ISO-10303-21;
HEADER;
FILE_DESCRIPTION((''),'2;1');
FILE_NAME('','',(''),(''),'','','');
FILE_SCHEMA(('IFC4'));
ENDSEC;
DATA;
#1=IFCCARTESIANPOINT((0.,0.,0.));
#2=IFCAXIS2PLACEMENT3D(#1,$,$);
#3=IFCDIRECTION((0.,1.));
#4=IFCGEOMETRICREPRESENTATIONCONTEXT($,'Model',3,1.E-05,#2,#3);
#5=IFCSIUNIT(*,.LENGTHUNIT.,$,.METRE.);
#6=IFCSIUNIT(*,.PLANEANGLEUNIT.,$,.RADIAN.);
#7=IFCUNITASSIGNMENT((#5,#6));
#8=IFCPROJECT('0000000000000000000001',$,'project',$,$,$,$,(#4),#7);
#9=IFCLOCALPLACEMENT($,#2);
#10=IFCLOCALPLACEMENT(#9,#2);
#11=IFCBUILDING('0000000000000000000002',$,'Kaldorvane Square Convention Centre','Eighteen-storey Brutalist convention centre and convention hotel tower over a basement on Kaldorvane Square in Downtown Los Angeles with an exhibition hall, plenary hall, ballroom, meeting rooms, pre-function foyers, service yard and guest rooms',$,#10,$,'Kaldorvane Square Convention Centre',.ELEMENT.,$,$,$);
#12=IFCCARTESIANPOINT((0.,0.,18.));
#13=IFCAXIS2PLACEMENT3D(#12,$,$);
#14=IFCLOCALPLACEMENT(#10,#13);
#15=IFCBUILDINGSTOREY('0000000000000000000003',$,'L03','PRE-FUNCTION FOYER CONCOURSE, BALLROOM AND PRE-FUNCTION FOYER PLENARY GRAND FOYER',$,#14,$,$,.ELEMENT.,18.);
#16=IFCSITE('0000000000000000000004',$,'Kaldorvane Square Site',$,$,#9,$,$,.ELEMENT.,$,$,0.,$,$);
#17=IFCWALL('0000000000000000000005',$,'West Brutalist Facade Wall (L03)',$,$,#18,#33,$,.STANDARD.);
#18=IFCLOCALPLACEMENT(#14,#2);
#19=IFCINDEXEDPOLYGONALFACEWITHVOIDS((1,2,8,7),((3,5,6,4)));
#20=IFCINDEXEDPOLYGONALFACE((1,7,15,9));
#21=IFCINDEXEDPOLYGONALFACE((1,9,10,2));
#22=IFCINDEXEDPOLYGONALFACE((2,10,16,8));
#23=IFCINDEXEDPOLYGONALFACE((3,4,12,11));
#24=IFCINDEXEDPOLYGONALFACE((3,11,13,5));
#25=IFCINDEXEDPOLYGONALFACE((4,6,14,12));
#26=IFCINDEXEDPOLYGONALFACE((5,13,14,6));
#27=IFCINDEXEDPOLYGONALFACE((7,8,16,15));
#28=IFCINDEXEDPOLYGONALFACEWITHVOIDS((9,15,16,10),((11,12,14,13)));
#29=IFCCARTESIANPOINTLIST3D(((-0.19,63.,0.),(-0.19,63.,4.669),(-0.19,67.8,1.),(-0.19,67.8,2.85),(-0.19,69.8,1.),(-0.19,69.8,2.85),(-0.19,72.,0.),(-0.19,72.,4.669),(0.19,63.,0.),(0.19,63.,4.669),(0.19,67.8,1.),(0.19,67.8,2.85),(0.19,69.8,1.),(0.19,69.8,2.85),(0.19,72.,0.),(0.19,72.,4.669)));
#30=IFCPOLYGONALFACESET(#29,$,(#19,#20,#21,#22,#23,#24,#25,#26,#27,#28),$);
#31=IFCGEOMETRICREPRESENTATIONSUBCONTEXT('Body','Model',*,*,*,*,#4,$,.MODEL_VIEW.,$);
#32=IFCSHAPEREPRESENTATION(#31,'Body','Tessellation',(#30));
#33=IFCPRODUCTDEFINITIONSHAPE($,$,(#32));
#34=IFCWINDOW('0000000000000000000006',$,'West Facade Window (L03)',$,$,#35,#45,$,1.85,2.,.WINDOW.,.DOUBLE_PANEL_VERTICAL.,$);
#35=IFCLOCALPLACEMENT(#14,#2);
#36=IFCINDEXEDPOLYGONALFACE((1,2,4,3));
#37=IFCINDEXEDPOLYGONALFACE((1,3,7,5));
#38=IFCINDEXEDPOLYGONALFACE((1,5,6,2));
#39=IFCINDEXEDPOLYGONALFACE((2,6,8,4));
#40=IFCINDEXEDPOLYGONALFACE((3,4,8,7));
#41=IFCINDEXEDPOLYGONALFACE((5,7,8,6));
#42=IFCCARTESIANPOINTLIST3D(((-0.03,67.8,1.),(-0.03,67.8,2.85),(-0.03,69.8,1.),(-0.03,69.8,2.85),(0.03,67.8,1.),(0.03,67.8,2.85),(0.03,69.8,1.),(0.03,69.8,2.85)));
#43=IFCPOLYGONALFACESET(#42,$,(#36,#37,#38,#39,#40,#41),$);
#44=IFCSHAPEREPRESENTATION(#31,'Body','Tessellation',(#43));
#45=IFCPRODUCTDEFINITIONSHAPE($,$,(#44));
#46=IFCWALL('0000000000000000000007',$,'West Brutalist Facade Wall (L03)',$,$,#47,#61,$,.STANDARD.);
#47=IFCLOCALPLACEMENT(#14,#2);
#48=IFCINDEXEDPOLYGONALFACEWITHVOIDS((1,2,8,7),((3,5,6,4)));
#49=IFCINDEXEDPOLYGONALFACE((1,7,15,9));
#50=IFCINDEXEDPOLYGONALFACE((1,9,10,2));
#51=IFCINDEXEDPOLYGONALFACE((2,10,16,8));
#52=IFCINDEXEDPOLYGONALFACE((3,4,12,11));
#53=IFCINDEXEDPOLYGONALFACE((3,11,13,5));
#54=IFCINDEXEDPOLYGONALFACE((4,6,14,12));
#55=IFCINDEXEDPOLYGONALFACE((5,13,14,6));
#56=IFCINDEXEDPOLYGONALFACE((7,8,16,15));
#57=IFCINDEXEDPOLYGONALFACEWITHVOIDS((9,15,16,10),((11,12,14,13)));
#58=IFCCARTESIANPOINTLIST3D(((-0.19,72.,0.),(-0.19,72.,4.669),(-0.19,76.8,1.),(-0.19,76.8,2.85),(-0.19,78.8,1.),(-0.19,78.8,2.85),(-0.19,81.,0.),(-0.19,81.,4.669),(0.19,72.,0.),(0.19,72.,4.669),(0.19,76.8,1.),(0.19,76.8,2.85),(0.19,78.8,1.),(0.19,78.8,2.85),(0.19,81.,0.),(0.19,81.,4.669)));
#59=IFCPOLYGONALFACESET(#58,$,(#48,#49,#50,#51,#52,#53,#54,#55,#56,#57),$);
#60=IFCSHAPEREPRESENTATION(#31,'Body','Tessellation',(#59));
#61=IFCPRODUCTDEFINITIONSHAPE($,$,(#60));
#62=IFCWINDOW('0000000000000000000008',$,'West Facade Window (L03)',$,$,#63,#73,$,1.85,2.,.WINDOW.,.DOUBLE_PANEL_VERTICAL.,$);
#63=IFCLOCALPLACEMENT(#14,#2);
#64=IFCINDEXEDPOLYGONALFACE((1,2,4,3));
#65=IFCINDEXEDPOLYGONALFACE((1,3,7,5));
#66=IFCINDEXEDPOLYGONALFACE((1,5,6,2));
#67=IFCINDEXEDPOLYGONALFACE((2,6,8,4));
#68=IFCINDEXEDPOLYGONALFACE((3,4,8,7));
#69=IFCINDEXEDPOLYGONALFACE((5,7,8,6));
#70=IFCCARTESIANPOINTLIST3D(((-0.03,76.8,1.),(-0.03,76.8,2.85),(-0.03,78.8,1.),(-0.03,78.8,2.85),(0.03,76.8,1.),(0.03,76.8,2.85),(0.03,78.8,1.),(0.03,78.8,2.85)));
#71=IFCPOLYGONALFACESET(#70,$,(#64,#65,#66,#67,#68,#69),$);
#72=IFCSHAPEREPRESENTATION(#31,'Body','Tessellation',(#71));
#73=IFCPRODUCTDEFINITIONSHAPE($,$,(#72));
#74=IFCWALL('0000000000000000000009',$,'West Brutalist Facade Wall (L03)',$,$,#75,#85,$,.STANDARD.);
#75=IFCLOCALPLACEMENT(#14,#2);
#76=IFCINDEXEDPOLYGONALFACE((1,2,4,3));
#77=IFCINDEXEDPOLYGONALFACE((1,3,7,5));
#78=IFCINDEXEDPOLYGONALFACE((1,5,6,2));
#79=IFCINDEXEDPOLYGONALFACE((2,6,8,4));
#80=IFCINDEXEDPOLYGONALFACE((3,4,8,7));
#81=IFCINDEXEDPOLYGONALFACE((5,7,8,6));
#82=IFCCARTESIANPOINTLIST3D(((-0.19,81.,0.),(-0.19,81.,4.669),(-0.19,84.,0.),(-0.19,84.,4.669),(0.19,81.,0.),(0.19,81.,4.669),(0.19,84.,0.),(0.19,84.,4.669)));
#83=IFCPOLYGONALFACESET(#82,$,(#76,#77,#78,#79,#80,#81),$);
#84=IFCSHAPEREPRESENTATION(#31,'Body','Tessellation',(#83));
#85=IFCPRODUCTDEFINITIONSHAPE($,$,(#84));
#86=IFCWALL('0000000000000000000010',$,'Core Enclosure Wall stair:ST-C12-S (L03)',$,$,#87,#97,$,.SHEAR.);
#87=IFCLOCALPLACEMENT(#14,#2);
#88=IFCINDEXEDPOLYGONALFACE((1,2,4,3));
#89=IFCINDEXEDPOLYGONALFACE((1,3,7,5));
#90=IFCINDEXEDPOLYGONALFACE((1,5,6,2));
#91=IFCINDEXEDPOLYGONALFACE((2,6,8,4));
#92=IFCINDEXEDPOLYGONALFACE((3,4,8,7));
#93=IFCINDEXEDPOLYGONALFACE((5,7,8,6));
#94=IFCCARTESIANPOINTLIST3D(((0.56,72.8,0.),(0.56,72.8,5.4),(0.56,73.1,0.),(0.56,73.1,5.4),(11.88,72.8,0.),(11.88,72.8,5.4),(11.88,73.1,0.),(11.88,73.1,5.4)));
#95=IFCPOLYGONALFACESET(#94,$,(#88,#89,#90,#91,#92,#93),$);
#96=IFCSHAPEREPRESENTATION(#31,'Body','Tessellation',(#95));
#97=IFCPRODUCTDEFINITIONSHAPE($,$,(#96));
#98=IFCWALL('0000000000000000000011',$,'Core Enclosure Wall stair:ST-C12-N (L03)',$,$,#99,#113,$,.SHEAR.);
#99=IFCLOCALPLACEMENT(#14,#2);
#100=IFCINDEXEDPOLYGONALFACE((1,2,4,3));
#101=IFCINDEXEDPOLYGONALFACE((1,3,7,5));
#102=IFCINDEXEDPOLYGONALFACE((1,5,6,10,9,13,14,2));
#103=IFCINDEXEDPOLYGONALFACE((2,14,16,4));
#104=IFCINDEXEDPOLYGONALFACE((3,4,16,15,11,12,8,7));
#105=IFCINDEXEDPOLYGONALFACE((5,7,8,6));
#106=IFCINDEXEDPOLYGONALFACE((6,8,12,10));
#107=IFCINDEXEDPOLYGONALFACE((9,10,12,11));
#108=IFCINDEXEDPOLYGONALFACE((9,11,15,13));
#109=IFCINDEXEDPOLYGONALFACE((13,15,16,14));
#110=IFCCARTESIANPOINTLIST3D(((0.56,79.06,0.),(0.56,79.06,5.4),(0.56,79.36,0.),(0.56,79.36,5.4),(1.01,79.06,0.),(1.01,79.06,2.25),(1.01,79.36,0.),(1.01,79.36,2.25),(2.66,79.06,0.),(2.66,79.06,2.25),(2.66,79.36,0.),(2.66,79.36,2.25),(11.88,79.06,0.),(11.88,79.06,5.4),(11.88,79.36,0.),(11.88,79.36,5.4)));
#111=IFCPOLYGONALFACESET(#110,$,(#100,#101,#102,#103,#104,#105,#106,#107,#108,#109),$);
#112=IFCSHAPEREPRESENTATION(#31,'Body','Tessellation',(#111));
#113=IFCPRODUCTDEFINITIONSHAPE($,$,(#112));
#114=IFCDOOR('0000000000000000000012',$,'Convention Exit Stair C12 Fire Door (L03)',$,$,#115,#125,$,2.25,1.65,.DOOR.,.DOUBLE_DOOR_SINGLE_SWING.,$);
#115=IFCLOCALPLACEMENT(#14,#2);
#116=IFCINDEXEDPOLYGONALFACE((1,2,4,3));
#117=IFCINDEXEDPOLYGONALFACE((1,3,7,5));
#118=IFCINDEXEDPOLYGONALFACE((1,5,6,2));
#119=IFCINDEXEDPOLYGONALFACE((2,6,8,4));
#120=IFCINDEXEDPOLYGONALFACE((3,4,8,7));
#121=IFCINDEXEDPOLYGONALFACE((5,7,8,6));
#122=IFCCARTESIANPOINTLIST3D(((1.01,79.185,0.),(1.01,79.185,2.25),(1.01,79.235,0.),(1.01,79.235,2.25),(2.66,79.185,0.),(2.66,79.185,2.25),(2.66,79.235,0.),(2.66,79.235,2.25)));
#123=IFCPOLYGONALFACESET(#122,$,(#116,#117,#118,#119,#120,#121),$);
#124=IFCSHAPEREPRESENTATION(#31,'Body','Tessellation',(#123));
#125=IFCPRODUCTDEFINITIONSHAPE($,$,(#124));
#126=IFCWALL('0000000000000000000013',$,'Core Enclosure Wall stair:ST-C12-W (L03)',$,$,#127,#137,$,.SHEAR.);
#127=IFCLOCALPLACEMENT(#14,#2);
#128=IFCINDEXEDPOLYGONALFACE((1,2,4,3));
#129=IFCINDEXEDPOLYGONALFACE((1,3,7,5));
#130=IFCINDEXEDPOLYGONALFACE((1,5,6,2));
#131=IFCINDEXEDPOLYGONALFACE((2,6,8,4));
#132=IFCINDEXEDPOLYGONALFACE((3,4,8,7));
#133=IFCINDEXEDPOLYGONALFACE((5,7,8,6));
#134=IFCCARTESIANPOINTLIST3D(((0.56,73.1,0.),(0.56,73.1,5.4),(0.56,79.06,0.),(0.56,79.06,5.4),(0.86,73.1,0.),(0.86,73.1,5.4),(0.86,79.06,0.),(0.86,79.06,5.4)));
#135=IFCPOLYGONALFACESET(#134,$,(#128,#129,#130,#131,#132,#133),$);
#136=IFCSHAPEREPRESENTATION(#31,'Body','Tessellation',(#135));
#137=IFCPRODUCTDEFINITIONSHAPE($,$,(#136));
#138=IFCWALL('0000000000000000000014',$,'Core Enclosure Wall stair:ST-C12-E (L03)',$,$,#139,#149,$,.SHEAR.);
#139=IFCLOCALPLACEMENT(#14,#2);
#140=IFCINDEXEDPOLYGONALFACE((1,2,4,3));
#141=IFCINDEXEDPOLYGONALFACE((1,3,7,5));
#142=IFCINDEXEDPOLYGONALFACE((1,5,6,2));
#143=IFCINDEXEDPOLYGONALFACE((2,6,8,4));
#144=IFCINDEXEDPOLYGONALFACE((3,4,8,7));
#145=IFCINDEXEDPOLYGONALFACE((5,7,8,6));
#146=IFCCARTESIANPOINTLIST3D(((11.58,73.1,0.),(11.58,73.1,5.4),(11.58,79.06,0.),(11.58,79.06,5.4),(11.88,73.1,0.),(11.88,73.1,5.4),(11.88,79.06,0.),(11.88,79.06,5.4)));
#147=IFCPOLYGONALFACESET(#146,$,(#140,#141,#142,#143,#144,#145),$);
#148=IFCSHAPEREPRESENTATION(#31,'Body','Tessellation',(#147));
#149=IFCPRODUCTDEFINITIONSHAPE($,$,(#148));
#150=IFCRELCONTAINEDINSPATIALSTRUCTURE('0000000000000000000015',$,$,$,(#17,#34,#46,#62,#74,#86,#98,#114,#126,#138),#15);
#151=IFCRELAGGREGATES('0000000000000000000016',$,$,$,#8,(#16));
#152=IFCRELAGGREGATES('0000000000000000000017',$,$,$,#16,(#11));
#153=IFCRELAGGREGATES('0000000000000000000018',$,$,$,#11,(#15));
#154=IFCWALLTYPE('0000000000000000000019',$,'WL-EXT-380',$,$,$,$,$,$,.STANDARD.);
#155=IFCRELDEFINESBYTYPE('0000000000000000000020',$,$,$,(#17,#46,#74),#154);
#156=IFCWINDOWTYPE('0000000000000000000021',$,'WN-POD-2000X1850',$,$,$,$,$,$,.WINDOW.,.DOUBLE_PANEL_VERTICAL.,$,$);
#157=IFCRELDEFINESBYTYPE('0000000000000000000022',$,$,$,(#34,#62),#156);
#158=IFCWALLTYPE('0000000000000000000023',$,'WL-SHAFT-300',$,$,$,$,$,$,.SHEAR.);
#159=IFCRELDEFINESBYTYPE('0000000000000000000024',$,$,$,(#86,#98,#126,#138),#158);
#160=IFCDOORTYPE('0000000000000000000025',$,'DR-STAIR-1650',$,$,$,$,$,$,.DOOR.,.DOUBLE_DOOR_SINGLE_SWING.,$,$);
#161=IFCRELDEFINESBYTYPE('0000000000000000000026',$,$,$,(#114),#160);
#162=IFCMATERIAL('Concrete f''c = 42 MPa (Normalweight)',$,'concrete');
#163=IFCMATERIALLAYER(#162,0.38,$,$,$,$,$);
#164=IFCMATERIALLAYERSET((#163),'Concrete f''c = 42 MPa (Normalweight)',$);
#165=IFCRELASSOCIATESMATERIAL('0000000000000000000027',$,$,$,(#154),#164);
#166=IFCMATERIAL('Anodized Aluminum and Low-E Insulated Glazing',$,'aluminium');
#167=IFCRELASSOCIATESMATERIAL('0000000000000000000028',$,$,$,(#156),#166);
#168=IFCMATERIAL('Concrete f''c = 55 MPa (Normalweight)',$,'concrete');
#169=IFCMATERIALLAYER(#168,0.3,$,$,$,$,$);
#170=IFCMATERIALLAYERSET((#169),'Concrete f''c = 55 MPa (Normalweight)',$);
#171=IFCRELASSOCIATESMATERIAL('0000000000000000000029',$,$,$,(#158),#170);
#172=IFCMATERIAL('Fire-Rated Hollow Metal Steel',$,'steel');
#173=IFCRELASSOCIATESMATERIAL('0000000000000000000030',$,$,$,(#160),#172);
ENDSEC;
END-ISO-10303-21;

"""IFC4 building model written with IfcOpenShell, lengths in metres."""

from ifc_helpers import new_model, si_unit, direction, frame, frame_2d, origin, place, context, subcontext, project, spatial, rectangle, extrude, material, layer, layer_set, type_object, element, fill, save


model = new_model("IFC4")

# Units and contexts
model_context = context("Model", 3, precision=1e-05, world=origin(), true_north=direction((0.0, 1.0)))
body_context = subcontext(model_context, "Body", "Model", "MODEL_VIEW")
ifc_project = project(units=[si_unit("LENGTHUNIT", "METRE"), si_unit("PLANEANGLEUNIT", "RADIAN")], contexts=[model_context])

# Site, building, storey
site_placement = place(None, origin())
site = spatial("IfcSite", under=ifc_project, at=site_placement, Name="Kaldorvane Square Site", CompositionType="ELEMENT", RefElevation=0.0)
building_placement = place(site_placement, origin())
building = spatial("IfcBuilding", under=site, at=building_placement, Name="Kaldorvane Square Convention Centre", Description="Eighteen-storey Brutalist convention centre and convention hotel tower over a basement on Kaldorvane Square in Downtown Los Angeles with an exhibition hall, plenary hall, ballroom, meeting rooms, pre-function foyers, service yard and guest rooms", LongName="Kaldorvane Square Convention Centre", CompositionType="ELEMENT")
storey_placement = place(building_placement, frame((0.0, 0.0, 18.0)))
storey = spatial("IfcBuildingStorey", under=building, at=storey_placement, Name="L03", Description="PRE-FUNCTION FOYER CONCOURSE, BALLROOM AND PRE-FUNCTION FOYER PLENARY GRAND FOYER", CompositionType="ELEMENT", Elevation=18.0)

# Walls, openings, windows
ifc_material_1 = material(Name="Concrete f'c = 42 MPa (Normalweight)", Category="concrete")
ifc_layer_1 = layer(ifc_material_1, 0.38)
ifc_layer_set_1 = layer_set([ifc_layer_1], Name="Concrete f'c = 42 MPa (Normalweight)")
wall_type_1 = type_object("IfcWallType", Name="WL-EXT-380", PredefinedType="STANDARD", material=ifc_layer_set_1)
wall_1_placement = place(storey_placement, frame((0.0, 72.0, 0.0), z_axis=(0.0, 0.0, 1.0), x_axis=(0.0, -1.0, 0.0)))
wall_1 = element("IfcWall", 1, at=wall_1_placement, inside=storey, type_object=wall_type_1, Name="West Brutalist Facade Wall (L03)", PredefinedType="STANDARD", context=body_context, shape_type="SweptSolid", body=[
    extrude(rectangle(XDim=9.0, YDim=0.38, at=frame_2d((4.5, 0.0))), origin(), (0.0, 0.0, 1.0), 4.669),
])
opening_1_placement = place(wall_1_placement, frame((2.2, 0.0, 1.0)))
opening_1 = element("IfcOpeningElement", 2, at=opening_1_placement, cuts=wall_1, PredefinedType="OPENING", context=body_context, shape_type="SweptSolid", body=[
    extrude(rectangle(XDim=2.0, YDim=1.85, at=frame_2d((1.0, 0.925))), frame((0.0, 0.205, 0.0), z_axis=(0.0, -1.0, 0.0), x_axis=(1.0, 0.0, 0.0)), (0.0, 0.0, 1.0), 0.41),
])
ifc_material_2 = material(Name="Anodized Aluminum and Low-E Insulated Glazing", Category="aluminium")
window_type = type_object("IfcWindowType", Name="WN-POD-2000X1850", PartitioningType="DOUBLE_PANEL_VERTICAL", PredefinedType="WINDOW", material=ifc_material_2)
window_1_placement = place(opening_1_placement, origin())
window_1 = element("IfcWindow", 3, at=window_1_placement, inside=storey, type_object=window_type, Name="West Facade Window (L03)", OverallHeight=1.85, OverallWidth=2.0, PartitioningType="DOUBLE_PANEL_VERTICAL", PredefinedType="WINDOW", context=body_context, shape_type="SweptSolid", body=[
    extrude(rectangle(XDim=2.0, YDim=1.85, at=frame_2d((1.0, 0.925))), frame((0.0, 0.03, 0.0), z_axis=(0.0, -1.0, 0.0), x_axis=(1.0, 0.0, 0.0)), (0.0, 0.0, 1.0), 0.06),
])
fill(opening_1, window_1)
wall_2_placement = place(storey_placement, frame((0.0, 81.0, 0.0), z_axis=(0.0, 0.0, 1.0), x_axis=(0.0, -1.0, 0.0)))
wall_2 = element("IfcWall", 4, at=wall_2_placement, inside=storey, type_object=wall_type_1, Name="West Brutalist Facade Wall (L03)", PredefinedType="STANDARD", context=body_context, shape_type="SweptSolid", body=[
    extrude(rectangle(XDim=9.0, YDim=0.38, at=frame_2d((4.5, 0.0))), origin(), (0.0, 0.0, 1.0), 4.669),
])
opening_2_placement = place(wall_2_placement, frame((2.2, 0.0, 1.0)))
opening_2 = element("IfcOpeningElement", 5, at=opening_2_placement, cuts=wall_2, PredefinedType="OPENING", context=body_context, shape_type="SweptSolid", body=[
    extrude(rectangle(XDim=2.0, YDim=1.85, at=frame_2d((1.0, 0.925))), frame((0.0, 0.205, 0.0), z_axis=(0.0, -1.0, 0.0), x_axis=(1.0, 0.0, 0.0)), (0.0, 0.0, 1.0), 0.41),
])
window_2_placement = place(opening_2_placement, origin())
window_2 = element("IfcWindow", 6, at=window_2_placement, inside=storey, type_object=window_type, Name="West Facade Window (L03)", OverallHeight=1.85, OverallWidth=2.0, PartitioningType="DOUBLE_PANEL_VERTICAL", PredefinedType="WINDOW", context=body_context, shape_type="SweptSolid", body=[
    extrude(rectangle(XDim=2.0, YDim=1.85, at=frame_2d((1.0, 0.925))), frame((0.0, 0.03, 0.0), z_axis=(0.0, -1.0, 0.0), x_axis=(1.0, 0.0, 0.0)), (0.0, 0.0, 1.0), 0.06),
])
fill(opening_2, window_2)

# Walls
wall_3_placement = place(storey_placement, frame((0.0, 84.0, 0.0), z_axis=(0.0, 0.0, 1.0), x_axis=(0.0, -1.0, 0.0)))
element("IfcWall", 7, at=wall_3_placement, inside=storey, type_object=wall_type_1, Name="West Brutalist Facade Wall (L03)", PredefinedType="STANDARD", context=body_context, shape_type="SweptSolid", body=[
    extrude(rectangle(XDim=3.0, YDim=0.38, at=frame_2d((1.5, 0.0))), origin(), (0.0, 0.0, 1.0), 4.669),
])
ifc_material_3 = material(Name="Concrete f'c = 55 MPa (Normalweight)", Category="concrete")
ifc_layer_2 = layer(ifc_material_3, 0.3)
ifc_layer_set_2 = layer_set([ifc_layer_2], Name="Concrete f'c = 55 MPa (Normalweight)")
wall_type_2 = type_object("IfcWallType", Name="WL-SHAFT-300", PredefinedType="SHEAR", material=ifc_layer_set_2)
wall_4_placement = place(storey_placement, frame((0.56, 72.95, 0.0), z_axis=(0.0, 0.0, 1.0), x_axis=(1.0, 0.0, 0.0)))
element("IfcWall", 8, at=wall_4_placement, inside=storey, type_object=wall_type_2, Name="Core Enclosure Wall stair:ST-C12-S (L03)", PredefinedType="SHEAR", context=body_context, shape_type="SweptSolid", body=[
    extrude(rectangle(XDim=11.32, YDim=0.3, at=frame_2d((5.66, 0.0))), origin(), (0.0, 0.0, 1.0), 5.4),
])

# Wall, opening, door
wall_5_placement = place(storey_placement, frame((11.88, 79.21, 0.0), z_axis=(0.0, 0.0, 1.0), x_axis=(-1.0, 0.0, 0.0)))
wall_5 = element("IfcWall", 9, at=wall_5_placement, inside=storey, type_object=wall_type_2, Name="Core Enclosure Wall stair:ST-C12-N (L03)", PredefinedType="SHEAR", context=body_context, shape_type="SweptSolid", body=[
    extrude(rectangle(XDim=11.32, YDim=0.3, at=frame_2d((5.66, 0.0))), origin(), (0.0, 0.0, 1.0), 5.4),
])
opening_3_placement = place(wall_5_placement, frame((9.22, 0.0, 0.0)))
opening_3 = element("IfcOpeningElement", 10, at=opening_3_placement, cuts=wall_5, PredefinedType="OPENING", context=body_context, shape_type="SweptSolid", body=[
    extrude(rectangle(XDim=1.65, YDim=2.25, at=frame_2d((0.825, 1.125))), frame((0.0, 0.165, 0.0), z_axis=(0.0, -1.0, 0.0), x_axis=(1.0, 0.0, 0.0)), (0.0, 0.0, 1.0), 0.33),
])
ifc_material_4 = material(Name="Fire-Rated Hollow Metal Steel", Category="steel")
door_type = type_object("IfcDoorType", Name="DR-STAIR-1650", OperationType="DOUBLE_DOOR_SINGLE_SWING", PredefinedType="DOOR", material=ifc_material_4)
door_placement = place(opening_3_placement, origin())
door = element("IfcDoor", 11, at=door_placement, inside=storey, type_object=door_type, Name="Convention Exit Stair C12 Fire Door (L03)", OperationType="DOUBLE_DOOR_SINGLE_SWING", OverallHeight=2.25, OverallWidth=1.65, PredefinedType="DOOR", context=body_context, shape_type="SweptSolid", body=[
    extrude(rectangle(XDim=1.65, YDim=2.25, at=frame_2d((0.825, 1.125))), frame((0.0, 0.025, 0.0), z_axis=(0.0, -1.0, 0.0), x_axis=(1.0, 0.0, 0.0)), (0.0, 0.0, 1.0), 0.05),
])
fill(opening_3, door)

# Walls
for number, where, z_axis, x_axis, name in (
    (12, (0.71, 79.06, 0.0), (0.0, 0.0, 1.0), (0.0, -1.0, 0.0), "Core Enclosure Wall stair:ST-C12-W (L03)"),
    (13, (11.73, 73.1, 0.0), (0.0, 0.0, 1.0), (0.0, 1.0, 0.0), "Core Enclosure Wall stair:ST-C12-E (L03)"),
):
    element("IfcWall", number, at=place(storey_placement, frame(where, z_axis=z_axis, x_axis=x_axis)), inside=storey, type_object=wall_type_2, Name=name, PredefinedType="SHEAR", context=body_context, shape_type="SweptSolid", body=[
        extrude(rectangle(XDim=5.96, YDim=0.3, at=frame_2d((2.98, 0.0))), origin(), (0.0, 0.0, 1.0), 5.4),
    ])

save(model, "model.ifc")
